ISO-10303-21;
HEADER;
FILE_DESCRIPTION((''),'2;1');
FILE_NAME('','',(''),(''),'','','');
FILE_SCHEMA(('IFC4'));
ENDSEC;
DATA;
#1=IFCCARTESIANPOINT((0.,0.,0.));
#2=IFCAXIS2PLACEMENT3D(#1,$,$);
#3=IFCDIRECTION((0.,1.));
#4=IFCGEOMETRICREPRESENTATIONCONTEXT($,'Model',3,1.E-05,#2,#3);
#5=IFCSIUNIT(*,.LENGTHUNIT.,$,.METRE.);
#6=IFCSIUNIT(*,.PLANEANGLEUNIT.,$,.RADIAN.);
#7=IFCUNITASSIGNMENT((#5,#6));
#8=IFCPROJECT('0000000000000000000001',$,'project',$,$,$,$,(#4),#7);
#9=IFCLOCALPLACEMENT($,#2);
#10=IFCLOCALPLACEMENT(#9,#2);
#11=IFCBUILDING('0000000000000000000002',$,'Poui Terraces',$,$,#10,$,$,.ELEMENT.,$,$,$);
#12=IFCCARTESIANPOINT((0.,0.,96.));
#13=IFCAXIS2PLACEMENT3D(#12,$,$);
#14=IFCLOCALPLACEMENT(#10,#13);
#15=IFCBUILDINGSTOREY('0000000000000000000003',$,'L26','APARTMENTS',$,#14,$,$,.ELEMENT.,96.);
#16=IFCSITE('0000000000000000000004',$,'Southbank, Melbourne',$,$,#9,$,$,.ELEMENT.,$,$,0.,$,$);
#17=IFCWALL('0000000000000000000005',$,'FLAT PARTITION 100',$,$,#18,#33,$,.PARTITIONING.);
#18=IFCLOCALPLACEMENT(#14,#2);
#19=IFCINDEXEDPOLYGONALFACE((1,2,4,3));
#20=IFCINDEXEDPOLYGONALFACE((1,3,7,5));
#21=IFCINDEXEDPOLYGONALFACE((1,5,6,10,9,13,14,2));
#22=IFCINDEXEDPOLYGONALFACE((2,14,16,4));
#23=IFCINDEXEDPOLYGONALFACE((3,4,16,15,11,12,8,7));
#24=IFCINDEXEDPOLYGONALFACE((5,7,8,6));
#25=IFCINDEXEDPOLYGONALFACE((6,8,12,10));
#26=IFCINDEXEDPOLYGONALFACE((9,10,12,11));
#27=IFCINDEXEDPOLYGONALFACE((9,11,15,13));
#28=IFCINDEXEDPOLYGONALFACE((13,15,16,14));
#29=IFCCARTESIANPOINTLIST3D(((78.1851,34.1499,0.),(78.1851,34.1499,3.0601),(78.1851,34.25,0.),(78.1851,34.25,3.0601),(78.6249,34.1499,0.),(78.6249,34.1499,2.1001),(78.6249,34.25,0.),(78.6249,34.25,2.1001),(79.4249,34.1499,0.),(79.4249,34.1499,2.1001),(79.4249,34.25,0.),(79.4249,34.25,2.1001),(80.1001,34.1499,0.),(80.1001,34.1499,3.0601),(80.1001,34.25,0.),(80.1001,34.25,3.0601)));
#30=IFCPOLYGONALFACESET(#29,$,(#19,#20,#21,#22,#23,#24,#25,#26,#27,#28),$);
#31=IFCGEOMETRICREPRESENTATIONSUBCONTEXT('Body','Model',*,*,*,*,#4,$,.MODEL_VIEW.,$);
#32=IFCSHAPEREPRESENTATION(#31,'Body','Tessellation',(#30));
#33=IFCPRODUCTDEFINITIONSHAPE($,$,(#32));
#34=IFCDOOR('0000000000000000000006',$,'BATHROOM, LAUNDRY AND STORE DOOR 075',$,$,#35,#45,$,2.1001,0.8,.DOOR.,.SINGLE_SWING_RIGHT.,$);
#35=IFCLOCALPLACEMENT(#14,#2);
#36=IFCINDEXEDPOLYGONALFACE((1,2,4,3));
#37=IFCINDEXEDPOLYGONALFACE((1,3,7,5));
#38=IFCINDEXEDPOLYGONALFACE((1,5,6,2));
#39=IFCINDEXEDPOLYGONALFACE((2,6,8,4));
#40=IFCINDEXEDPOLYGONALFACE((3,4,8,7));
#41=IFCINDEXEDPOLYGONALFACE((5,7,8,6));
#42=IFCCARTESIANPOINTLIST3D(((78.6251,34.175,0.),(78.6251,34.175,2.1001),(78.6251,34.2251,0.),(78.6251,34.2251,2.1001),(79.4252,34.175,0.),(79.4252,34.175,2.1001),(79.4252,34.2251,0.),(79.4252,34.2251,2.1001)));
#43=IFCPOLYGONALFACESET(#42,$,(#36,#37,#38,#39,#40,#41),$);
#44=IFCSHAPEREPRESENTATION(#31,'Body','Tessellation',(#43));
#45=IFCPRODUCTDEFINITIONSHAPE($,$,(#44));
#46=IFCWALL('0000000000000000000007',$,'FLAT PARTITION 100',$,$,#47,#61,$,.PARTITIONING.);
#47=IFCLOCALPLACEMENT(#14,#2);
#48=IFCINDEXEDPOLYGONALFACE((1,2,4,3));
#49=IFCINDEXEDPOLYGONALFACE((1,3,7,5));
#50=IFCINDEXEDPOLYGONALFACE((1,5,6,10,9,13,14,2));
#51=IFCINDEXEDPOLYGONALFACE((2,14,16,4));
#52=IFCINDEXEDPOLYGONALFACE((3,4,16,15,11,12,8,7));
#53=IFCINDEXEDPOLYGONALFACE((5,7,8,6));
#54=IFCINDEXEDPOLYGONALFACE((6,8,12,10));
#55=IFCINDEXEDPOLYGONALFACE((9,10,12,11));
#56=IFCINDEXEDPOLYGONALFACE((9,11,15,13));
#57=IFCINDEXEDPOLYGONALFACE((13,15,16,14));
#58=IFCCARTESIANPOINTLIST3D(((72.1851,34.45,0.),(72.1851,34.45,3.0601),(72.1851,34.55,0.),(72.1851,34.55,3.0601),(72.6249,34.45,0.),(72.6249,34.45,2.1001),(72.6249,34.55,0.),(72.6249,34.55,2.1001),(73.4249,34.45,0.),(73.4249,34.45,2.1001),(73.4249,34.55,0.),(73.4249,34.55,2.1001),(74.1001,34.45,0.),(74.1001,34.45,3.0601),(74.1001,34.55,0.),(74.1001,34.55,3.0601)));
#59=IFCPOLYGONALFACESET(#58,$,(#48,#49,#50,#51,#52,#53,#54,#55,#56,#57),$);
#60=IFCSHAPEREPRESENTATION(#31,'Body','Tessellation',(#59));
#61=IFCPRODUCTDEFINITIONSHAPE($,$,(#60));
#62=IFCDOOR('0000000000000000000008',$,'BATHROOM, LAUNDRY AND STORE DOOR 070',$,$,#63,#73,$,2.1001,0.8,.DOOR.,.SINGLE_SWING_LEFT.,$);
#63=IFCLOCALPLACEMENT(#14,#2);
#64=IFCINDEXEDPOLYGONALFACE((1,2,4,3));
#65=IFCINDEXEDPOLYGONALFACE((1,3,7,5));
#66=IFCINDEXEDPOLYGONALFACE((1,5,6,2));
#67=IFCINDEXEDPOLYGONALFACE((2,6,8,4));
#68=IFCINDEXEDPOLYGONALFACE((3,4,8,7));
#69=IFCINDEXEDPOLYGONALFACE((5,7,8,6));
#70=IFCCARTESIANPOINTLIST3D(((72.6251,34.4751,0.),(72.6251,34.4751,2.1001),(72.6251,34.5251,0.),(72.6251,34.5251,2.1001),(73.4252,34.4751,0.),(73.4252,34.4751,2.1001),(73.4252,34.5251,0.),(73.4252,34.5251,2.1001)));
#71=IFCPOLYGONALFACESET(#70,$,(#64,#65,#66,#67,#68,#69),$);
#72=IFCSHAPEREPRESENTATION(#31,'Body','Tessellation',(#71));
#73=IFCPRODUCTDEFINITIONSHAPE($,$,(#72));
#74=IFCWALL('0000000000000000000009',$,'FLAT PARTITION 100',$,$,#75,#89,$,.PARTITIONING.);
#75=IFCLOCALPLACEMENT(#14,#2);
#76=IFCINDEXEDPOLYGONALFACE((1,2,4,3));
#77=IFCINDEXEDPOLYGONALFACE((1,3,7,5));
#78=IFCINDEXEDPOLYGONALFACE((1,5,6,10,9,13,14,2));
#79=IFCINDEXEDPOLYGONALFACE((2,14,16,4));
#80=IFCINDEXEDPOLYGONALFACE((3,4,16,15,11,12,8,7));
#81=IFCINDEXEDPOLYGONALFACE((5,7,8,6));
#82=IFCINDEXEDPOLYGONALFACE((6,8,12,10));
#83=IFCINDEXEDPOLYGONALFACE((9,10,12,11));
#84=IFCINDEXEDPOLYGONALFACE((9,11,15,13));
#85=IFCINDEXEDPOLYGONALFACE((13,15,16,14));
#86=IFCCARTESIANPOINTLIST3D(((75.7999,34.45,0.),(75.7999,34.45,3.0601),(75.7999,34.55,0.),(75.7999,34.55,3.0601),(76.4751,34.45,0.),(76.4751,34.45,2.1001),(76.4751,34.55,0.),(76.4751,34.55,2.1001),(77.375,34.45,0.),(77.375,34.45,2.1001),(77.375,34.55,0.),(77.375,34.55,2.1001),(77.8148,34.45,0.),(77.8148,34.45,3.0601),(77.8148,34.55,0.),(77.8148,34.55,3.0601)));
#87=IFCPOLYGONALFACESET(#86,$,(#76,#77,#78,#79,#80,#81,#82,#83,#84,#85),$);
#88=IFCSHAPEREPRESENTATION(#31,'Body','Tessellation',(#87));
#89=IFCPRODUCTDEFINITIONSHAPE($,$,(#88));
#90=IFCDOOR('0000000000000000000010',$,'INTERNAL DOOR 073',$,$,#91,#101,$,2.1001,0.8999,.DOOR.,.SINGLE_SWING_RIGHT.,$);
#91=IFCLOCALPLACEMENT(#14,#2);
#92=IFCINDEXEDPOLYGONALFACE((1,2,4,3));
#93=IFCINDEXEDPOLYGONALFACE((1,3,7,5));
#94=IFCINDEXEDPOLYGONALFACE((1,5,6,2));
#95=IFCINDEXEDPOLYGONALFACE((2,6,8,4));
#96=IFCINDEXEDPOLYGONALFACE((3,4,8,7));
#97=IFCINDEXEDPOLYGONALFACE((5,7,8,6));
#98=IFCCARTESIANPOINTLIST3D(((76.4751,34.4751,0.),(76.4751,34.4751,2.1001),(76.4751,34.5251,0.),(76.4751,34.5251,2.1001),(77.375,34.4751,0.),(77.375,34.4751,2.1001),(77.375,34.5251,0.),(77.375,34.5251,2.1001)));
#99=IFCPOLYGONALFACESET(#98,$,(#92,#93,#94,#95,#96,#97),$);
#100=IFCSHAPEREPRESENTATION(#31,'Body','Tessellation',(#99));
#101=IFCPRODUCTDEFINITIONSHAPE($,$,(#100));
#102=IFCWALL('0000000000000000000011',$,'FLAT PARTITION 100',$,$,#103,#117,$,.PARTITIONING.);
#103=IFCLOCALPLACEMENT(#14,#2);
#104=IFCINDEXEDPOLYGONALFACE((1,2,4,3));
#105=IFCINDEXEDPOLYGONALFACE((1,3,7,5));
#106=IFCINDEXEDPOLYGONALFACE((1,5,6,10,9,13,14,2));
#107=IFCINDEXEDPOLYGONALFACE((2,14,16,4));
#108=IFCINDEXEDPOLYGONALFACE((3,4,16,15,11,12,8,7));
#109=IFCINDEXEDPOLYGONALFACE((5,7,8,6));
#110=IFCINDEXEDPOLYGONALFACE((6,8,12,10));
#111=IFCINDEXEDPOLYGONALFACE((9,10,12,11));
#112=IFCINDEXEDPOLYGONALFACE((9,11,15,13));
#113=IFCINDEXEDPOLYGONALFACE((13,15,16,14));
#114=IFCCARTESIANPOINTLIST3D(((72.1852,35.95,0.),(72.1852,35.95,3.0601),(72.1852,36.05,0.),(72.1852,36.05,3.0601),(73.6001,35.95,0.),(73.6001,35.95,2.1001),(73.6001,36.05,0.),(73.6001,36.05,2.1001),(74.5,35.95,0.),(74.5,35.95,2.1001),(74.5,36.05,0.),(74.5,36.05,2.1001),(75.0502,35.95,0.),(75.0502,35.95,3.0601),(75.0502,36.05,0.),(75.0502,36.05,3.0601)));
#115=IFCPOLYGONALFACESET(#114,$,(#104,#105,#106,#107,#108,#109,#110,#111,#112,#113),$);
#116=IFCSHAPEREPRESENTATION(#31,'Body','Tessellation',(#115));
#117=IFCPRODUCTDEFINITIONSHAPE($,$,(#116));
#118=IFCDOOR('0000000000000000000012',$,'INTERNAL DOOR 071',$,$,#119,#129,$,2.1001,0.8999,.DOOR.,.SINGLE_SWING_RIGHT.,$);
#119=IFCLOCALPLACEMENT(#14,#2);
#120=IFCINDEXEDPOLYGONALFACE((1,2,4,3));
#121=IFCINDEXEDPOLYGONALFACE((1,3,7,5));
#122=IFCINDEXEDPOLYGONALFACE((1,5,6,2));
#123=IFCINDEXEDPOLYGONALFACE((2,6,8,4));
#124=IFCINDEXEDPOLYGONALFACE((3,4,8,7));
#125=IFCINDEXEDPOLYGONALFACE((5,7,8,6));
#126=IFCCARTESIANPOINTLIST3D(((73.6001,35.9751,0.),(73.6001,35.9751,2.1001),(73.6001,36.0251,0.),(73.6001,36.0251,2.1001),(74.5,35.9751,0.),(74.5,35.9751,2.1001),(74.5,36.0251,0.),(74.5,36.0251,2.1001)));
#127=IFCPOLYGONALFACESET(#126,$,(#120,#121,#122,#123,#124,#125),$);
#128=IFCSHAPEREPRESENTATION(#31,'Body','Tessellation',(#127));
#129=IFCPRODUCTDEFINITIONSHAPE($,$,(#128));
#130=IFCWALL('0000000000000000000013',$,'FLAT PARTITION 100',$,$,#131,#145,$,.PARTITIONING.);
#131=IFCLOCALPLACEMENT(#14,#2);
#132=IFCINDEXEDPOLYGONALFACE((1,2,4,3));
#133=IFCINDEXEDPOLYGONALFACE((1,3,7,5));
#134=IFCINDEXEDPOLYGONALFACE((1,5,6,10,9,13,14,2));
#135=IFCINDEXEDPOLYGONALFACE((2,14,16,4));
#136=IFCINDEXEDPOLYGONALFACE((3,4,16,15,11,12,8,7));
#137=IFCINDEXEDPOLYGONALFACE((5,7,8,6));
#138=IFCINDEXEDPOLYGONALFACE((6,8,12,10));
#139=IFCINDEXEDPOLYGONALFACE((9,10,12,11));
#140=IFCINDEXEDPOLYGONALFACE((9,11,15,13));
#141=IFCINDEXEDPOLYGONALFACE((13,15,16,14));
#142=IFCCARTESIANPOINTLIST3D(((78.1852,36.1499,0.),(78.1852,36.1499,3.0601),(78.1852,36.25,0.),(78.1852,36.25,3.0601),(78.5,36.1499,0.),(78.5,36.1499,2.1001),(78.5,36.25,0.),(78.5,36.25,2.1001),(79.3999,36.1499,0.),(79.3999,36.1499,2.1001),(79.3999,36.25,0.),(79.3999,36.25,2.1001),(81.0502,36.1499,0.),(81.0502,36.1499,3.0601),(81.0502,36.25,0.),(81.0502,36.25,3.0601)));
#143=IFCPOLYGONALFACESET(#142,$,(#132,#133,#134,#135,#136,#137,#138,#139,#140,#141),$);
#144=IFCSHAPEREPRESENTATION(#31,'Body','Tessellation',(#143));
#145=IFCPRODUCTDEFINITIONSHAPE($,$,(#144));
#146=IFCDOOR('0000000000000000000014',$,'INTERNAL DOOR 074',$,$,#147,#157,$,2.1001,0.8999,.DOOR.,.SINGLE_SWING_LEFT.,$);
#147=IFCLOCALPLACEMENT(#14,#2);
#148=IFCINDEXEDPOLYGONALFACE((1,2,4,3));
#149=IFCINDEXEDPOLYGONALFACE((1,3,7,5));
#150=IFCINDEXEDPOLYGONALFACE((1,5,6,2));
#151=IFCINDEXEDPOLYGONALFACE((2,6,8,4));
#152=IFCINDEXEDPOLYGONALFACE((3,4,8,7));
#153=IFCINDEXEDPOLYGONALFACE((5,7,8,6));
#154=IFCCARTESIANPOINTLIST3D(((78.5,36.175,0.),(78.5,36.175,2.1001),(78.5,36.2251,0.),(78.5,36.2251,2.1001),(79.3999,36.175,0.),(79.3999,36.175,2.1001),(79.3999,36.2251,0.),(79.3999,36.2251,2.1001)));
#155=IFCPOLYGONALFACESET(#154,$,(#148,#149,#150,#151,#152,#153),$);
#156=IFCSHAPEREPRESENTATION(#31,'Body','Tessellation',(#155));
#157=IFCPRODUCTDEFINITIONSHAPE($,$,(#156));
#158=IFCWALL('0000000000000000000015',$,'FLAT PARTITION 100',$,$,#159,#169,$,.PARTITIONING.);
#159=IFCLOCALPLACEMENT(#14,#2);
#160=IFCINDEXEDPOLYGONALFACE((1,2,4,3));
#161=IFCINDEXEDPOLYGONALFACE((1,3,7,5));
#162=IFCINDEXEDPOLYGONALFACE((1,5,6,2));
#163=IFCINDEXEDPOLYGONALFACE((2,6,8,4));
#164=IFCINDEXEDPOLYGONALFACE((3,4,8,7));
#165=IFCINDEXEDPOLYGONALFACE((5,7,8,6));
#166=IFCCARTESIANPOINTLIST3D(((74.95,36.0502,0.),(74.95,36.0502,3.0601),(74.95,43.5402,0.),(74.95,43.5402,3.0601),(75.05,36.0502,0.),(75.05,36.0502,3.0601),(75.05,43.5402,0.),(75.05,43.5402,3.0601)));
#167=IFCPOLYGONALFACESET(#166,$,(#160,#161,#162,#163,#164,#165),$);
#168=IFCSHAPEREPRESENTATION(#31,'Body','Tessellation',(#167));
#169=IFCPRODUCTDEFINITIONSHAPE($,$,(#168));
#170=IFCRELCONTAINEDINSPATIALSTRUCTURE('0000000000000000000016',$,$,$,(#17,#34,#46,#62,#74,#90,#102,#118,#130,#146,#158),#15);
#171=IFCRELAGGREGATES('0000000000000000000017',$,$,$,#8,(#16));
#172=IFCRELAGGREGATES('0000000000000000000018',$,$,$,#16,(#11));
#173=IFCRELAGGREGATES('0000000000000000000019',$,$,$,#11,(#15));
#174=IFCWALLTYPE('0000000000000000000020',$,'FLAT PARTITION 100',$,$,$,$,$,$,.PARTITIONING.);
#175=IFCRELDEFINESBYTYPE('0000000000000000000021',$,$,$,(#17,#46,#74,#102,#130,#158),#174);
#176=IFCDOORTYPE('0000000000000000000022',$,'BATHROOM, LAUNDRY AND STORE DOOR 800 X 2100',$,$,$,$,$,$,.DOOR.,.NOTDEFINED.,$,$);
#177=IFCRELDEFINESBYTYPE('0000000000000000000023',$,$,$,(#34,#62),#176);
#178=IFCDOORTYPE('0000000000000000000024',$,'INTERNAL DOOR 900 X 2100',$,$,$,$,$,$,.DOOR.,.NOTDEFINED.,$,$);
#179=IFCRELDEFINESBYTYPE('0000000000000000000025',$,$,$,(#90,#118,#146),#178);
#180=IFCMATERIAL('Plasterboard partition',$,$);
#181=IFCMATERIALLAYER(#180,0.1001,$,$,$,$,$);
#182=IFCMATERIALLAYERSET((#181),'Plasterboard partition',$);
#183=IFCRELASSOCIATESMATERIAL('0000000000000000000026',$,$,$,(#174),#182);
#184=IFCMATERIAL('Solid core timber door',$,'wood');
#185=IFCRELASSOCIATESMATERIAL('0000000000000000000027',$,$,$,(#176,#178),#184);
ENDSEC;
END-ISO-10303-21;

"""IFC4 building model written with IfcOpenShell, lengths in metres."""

from ifc_helpers import new_model, si_unit, direction, frame, frame_2d, origin, place, context, subcontext, project, spatial, rectangle, extrude, material, layer, layer_set, type_object, element, fill, save


model = new_model("IFC4")

# Units and contexts
model_context = context("Model", 3, precision=1e-05, world=origin(), true_north=direction((0.0, 1.0)))
body_context = subcontext(model_context, "Body", "Model", "MODEL_VIEW")
ifc_project = project(units=[si_unit("LENGTHUNIT", "METRE"), si_unit("PLANEANGLEUNIT", "RADIAN")], contexts=[model_context])

# Site, building, storey
site_placement = place(None, origin())
site = spatial("IfcSite", under=ifc_project, at=site_placement, Name="Southbank, Melbourne", CompositionType="ELEMENT", RefElevation=0.0)
building_placement = place(site_placement, origin())
building = spatial("IfcBuilding", under=site, at=building_placement, Name="Poui Terraces", CompositionType="ELEMENT")
storey_placement = place(building_placement, frame((0.0, 0.0, 96.0)))
storey = spatial("IfcBuildingStorey", under=building, at=storey_placement, Name="L26", Description="APARTMENTS", CompositionType="ELEMENT", Elevation=96.0)

# Walls, openings, doors
ifc_material_1 = material(Name="Plasterboard partition")
ifc_layer_1 = layer(ifc_material_1, 0.1001)
ifc_layer_set_1 = layer_set([ifc_layer_1], Name="Plasterboard partition")
wall_type_1 = type_object("IfcWallType", Name="FLAT PARTITION 100", PredefinedType="PARTITIONING", material=ifc_layer_set_1)
wall_1_placement = place(storey_placement, frame((78.1851, 34.2, 0.0), z_axis=(0.0, 0.0, 1.0), x_axis=(1.0, 0.0, 0.0)))
wall_1 = element("IfcWall", 1, at=wall_1_placement, inside=storey, type_object=wall_type_1, Name="FLAT PARTITION 100", PredefinedType="PARTITIONING", context=body_context, shape_type="SweptSolid", body=[
    extrude(rectangle(XDim=1.915, YDim=0.1001, at=frame_2d((0.9575, 0.0))), origin(), (0.0, 0.0, 1.0), 3.0601),
])
opening_1_placement = place(wall_1_placement, frame((0.4399, 0.0, 0.0)))
opening_1 = element("IfcOpeningElement", 2, at=opening_1_placement, cuts=wall_1, PredefinedType="OPENING", context=body_context, shape_type="SweptSolid", body=[
    extrude(rectangle(XDim=0.8, YDim=2.1001, at=frame_2d((0.3999, 1.05))), frame((0.0, 0.0601, 0.0), z_axis=(0.0, -1.0, 0.0), x_axis=(1.0, 0.0, 0.0)), (0.0, 0.0, 1.0), 0.1201),
])
ifc_material_2 = material(Name="Solid core timber door", Category="wood")
door_type_1 = type_object("IfcDoorType", Name="BATHROOM, LAUNDRY AND STORE DOOR 800 X 2100", OperationType="NOTDEFINED", PredefinedType="DOOR", material=ifc_material_2)
door_1_placement = place(opening_1_placement, frame((0.8, 0.0, 0.0), z_axis=(0.0, 0.0, 1.0), x_axis=(-1.0, 0.0, 0.0)))
door_1 = element("IfcDoor", 3, at=door_1_placement, inside=storey, type_object=door_type_1, Name="BATHROOM, LAUNDRY AND STORE DOOR 075", OperationType="SINGLE_SWING_RIGHT", OverallHeight=2.1001, OverallWidth=0.8, PredefinedType="DOOR", context=body_context, shape_type="SweptSolid", body=[
    extrude(rectangle(XDim=0.8, YDim=2.1001, at=frame_2d((0.3999, 1.05))), frame((0.0, 0.0249, 0.0), z_axis=(0.0, -1.0, 0.0), x_axis=(1.0, 0.0, 0.0)), (0.0, 0.0, 1.0), 0.05),
])
fill(opening_1, door_1)
wall_2_placement = place(storey_placement, frame((72.1851, 34.5, 0.0), z_axis=(0.0, 0.0, 1.0), x_axis=(1.0, 0.0, 0.0)))
wall_2 = element("IfcWall", 4, at=wall_2_placement, inside=storey, type_object=wall_type_1, Name="FLAT PARTITION 100", PredefinedType="PARTITIONING", context=body_context, shape_type="SweptSolid", body=[
    extrude(rectangle(XDim=1.915, YDim=0.1001, at=frame_2d((0.9575, 0.0))), origin(), (0.0, 0.0, 1.0), 3.0601),
])
opening_2_placement = place(wall_2_placement, frame((0.4399, 0.0, 0.0)))
opening_2 = element("IfcOpeningElement", 5, at=opening_2_placement, cuts=wall_2, PredefinedType="OPENING", context=body_context, shape_type="SweptSolid", body=[
    extrude(rectangle(XDim=0.8, YDim=2.1001, at=frame_2d((0.3999, 1.05))), frame((0.0, 0.0601, 0.0), z_axis=(0.0, -1.0, 0.0), x_axis=(1.0, 0.0, 0.0)), (0.0, 0.0, 1.0), 0.1201),
])
door_2_placement = place(opening_2_placement, frame((0.8, 0.0, 0.0), z_axis=(0.0, 0.0, 1.0), x_axis=(-1.0, 0.0, 0.0)))
door_2 = element("IfcDoor", 6, at=door_2_placement, inside=storey, type_object=door_type_1, Name="BATHROOM, LAUNDRY AND STORE DOOR 070", OperationType="SINGLE_SWING_LEFT", OverallHeight=2.1001, OverallWidth=0.8, PredefinedType="DOOR", context=body_context, shape_type="SweptSolid", body=[
    extrude(rectangle(XDim=0.8, YDim=2.1001, at=frame_2d((0.3999, 1.05))), frame((0.0, 0.0249, 0.0), z_axis=(0.0, -1.0, 0.0), x_axis=(1.0, 0.0, 0.0)), (0.0, 0.0, 1.0), 0.05),
])
fill(opening_2, door_2)
wall_3_placement = place(storey_placement, frame((75.8, 34.5, 0.0), z_axis=(0.0, 0.0, 1.0), x_axis=(1.0, 0.0, 0.0)))
wall_3 = element("IfcWall", 7, at=wall_3_placement, inside=storey, type_object=wall_type_1, Name="FLAT PARTITION 100", PredefinedType="PARTITIONING", context=body_context, shape_type="SweptSolid", body=[
    extrude(rectangle(XDim=2.0149, YDim=0.1001, at=frame_2d((1.0073, 0.0))), origin(), (0.0, 0.0, 1.0), 3.0601),
])
opening_3_placement = place(wall_3_placement, frame((0.675, 0.0, 0.0)))
opening_3 = element("IfcOpeningElement", 8, at=opening_3_placement, cuts=wall_3, PredefinedType="OPENING", context=body_context, shape_type="SweptSolid", body=[
    extrude(rectangle(XDim=0.8999, YDim=2.1001, at=frame_2d((0.45, 1.05))), frame((0.0, 0.0601, 0.0), z_axis=(0.0, -1.0, 0.0), x_axis=(1.0, 0.0, 0.0)), (0.0, 0.0, 1.0), 0.1201),
])
door_type_2 = type_object("IfcDoorType", Name="INTERNAL DOOR 900 X 2100", OperationType="NOTDEFINED", PredefinedType="DOOR", material=ifc_material_2)
door_3_placement = place(opening_3_placement, frame((0.8999, 0.0, 0.0), z_axis=(0.0, 0.0, 1.0), x_axis=(-1.0, 0.0, 0.0)))
door_3 = element("IfcDoor", 9, at=door_3_placement, inside=storey, type_object=door_type_2, Name="INTERNAL DOOR 073", OperationType="SINGLE_SWING_RIGHT", OverallHeight=2.1001, OverallWidth=0.8999, PredefinedType="DOOR", context=body_context, shape_type="SweptSolid", body=[
    extrude(rectangle(XDim=0.8999, YDim=2.1001, at=frame_2d((0.45, 1.05))), frame((0.0, 0.0249, 0.0), z_axis=(0.0, -1.0, 0.0), x_axis=(1.0, 0.0, 0.0)), (0.0, 0.0, 1.0), 0.05),
])
fill(opening_3, door_3)
wall_4_placement = place(storey_placement, frame((72.1851, 36.0, 0.0), z_axis=(0.0, 0.0, 1.0), x_axis=(1.0, 0.0, 0.0)))
wall_4 = element("IfcWall", 10, at=wall_4_placement, inside=storey, type_object=wall_type_1, Name="FLAT PARTITION 100", PredefinedType="PARTITIONING", context=body_context, shape_type="SweptSolid", body=[
    extrude(rectangle(XDim=2.865, YDim=0.1001, at=frame_2d((1.4326, 0.0))), origin(), (0.0, 0.0, 1.0), 3.0601),
])
opening_4_placement = place(wall_4_placement, frame((1.415, 0.0, 0.0)))
opening_4 = element("IfcOpeningElement", 11, at=opening_4_placement, cuts=wall_4, PredefinedType="OPENING", context=body_context, shape_type="SweptSolid", body=[
    extrude(rectangle(XDim=0.8999, YDim=2.1001, at=frame_2d((0.45, 1.05))), frame((0.0, 0.0601, 0.0), z_axis=(0.0, -1.0, 0.0), x_axis=(1.0, 0.0, 0.0)), (0.0, 0.0, 1.0), 0.1201),
])
door_4_placement = place(opening_4_placement, frame((0.8999, 0.0, 0.0), z_axis=(0.0, 0.0, 1.0), x_axis=(-1.0, 0.0, 0.0)))
door_4 = element("IfcDoor", 12, at=door_4_placement, inside=storey, type_object=door_type_2, Name="INTERNAL DOOR 071", OperationType="SINGLE_SWING_RIGHT", OverallHeight=2.1001, OverallWidth=0.8999, PredefinedType="DOOR", context=body_context, shape_type="SweptSolid", body=[
    extrude(rectangle(XDim=0.8999, YDim=2.1001, at=frame_2d((0.45, 1.05))), frame((0.0, 0.0249, 0.0), z_axis=(0.0, -1.0, 0.0), x_axis=(1.0, 0.0, 0.0)), (0.0, 0.0, 1.0), 0.05),
])
fill(opening_4, door_4)
wall_5_placement = place(storey_placement, frame((78.1851, 36.2, 0.0), z_axis=(0.0, 0.0, 1.0), x_axis=(1.0, 0.0, 0.0)))
wall_5 = element("IfcWall", 13, at=wall_5_placement, inside=storey, type_object=wall_type_1, Name="FLAT PARTITION 100", PredefinedType="PARTITIONING", context=body_context, shape_type="SweptSolid", body=[
    extrude(rectangle(XDim=2.865, YDim=0.1001, at=frame_2d((1.4326, 0.0))), origin(), (0.0, 0.0, 1.0), 3.0601),
])
opening_5_placement = place(wall_5_placement, frame((0.3149, 0.0, 0.0)))
opening_5 = element("IfcOpeningElement", 14, at=opening_5_placement, cuts=wall_5, PredefinedType="OPENING", context=body_context, shape_type="SweptSolid", body=[
    extrude(rectangle(XDim=0.8999, YDim=2.1001, at=frame_2d((0.45, 1.05))), frame((0.0, 0.0601, 0.0), z_axis=(0.0, -1.0, 0.0), x_axis=(1.0, 0.0, 0.0)), (0.0, 0.0, 1.0), 0.1201),
])
door_5_placement = place(opening_5_placement, frame((0.8999, 0.0, 0.0), z_axis=(0.0, 0.0, 1.0), x_axis=(-1.0, 0.0, 0.0)))
door_5 = element("IfcDoor", 15, at=door_5_placement, inside=storey, type_object=door_type_2, Name="INTERNAL DOOR 074", OperationType="SINGLE_SWING_LEFT", OverallHeight=2.1001, OverallWidth=0.8999, PredefinedType="DOOR", context=body_context, shape_type="SweptSolid", body=[
    extrude(rectangle(XDim=0.8999, YDim=2.1001, at=frame_2d((0.45, 1.05))), frame((0.0, 0.0249, 0.0), z_axis=(0.0, -1.0, 0.0), x_axis=(1.0, 0.0, 0.0)), (0.0, 0.0, 1.0), 0.05),
])
fill(opening_5, door_5)

# Wall
wall_6_placement = place(storey_placement, frame((75.0, 36.05, 0.0), z_axis=(0.0, 0.0, 1.0), x_axis=(0.0, 1.0, 0.0)))
element("IfcWall", 16, at=wall_6_placement, inside=storey, type_object=wall_type_1, Name="FLAT PARTITION 100", PredefinedType="PARTITIONING", context=body_context, shape_type="SweptSolid", body=[
    extrude(rectangle(XDim=7.49, YDim=0.1001, at=frame_2d((3.7451, 0.0))), origin(), (0.0, 0.0, 1.0), 3.0601),
])

save(model, "model.ifc")
